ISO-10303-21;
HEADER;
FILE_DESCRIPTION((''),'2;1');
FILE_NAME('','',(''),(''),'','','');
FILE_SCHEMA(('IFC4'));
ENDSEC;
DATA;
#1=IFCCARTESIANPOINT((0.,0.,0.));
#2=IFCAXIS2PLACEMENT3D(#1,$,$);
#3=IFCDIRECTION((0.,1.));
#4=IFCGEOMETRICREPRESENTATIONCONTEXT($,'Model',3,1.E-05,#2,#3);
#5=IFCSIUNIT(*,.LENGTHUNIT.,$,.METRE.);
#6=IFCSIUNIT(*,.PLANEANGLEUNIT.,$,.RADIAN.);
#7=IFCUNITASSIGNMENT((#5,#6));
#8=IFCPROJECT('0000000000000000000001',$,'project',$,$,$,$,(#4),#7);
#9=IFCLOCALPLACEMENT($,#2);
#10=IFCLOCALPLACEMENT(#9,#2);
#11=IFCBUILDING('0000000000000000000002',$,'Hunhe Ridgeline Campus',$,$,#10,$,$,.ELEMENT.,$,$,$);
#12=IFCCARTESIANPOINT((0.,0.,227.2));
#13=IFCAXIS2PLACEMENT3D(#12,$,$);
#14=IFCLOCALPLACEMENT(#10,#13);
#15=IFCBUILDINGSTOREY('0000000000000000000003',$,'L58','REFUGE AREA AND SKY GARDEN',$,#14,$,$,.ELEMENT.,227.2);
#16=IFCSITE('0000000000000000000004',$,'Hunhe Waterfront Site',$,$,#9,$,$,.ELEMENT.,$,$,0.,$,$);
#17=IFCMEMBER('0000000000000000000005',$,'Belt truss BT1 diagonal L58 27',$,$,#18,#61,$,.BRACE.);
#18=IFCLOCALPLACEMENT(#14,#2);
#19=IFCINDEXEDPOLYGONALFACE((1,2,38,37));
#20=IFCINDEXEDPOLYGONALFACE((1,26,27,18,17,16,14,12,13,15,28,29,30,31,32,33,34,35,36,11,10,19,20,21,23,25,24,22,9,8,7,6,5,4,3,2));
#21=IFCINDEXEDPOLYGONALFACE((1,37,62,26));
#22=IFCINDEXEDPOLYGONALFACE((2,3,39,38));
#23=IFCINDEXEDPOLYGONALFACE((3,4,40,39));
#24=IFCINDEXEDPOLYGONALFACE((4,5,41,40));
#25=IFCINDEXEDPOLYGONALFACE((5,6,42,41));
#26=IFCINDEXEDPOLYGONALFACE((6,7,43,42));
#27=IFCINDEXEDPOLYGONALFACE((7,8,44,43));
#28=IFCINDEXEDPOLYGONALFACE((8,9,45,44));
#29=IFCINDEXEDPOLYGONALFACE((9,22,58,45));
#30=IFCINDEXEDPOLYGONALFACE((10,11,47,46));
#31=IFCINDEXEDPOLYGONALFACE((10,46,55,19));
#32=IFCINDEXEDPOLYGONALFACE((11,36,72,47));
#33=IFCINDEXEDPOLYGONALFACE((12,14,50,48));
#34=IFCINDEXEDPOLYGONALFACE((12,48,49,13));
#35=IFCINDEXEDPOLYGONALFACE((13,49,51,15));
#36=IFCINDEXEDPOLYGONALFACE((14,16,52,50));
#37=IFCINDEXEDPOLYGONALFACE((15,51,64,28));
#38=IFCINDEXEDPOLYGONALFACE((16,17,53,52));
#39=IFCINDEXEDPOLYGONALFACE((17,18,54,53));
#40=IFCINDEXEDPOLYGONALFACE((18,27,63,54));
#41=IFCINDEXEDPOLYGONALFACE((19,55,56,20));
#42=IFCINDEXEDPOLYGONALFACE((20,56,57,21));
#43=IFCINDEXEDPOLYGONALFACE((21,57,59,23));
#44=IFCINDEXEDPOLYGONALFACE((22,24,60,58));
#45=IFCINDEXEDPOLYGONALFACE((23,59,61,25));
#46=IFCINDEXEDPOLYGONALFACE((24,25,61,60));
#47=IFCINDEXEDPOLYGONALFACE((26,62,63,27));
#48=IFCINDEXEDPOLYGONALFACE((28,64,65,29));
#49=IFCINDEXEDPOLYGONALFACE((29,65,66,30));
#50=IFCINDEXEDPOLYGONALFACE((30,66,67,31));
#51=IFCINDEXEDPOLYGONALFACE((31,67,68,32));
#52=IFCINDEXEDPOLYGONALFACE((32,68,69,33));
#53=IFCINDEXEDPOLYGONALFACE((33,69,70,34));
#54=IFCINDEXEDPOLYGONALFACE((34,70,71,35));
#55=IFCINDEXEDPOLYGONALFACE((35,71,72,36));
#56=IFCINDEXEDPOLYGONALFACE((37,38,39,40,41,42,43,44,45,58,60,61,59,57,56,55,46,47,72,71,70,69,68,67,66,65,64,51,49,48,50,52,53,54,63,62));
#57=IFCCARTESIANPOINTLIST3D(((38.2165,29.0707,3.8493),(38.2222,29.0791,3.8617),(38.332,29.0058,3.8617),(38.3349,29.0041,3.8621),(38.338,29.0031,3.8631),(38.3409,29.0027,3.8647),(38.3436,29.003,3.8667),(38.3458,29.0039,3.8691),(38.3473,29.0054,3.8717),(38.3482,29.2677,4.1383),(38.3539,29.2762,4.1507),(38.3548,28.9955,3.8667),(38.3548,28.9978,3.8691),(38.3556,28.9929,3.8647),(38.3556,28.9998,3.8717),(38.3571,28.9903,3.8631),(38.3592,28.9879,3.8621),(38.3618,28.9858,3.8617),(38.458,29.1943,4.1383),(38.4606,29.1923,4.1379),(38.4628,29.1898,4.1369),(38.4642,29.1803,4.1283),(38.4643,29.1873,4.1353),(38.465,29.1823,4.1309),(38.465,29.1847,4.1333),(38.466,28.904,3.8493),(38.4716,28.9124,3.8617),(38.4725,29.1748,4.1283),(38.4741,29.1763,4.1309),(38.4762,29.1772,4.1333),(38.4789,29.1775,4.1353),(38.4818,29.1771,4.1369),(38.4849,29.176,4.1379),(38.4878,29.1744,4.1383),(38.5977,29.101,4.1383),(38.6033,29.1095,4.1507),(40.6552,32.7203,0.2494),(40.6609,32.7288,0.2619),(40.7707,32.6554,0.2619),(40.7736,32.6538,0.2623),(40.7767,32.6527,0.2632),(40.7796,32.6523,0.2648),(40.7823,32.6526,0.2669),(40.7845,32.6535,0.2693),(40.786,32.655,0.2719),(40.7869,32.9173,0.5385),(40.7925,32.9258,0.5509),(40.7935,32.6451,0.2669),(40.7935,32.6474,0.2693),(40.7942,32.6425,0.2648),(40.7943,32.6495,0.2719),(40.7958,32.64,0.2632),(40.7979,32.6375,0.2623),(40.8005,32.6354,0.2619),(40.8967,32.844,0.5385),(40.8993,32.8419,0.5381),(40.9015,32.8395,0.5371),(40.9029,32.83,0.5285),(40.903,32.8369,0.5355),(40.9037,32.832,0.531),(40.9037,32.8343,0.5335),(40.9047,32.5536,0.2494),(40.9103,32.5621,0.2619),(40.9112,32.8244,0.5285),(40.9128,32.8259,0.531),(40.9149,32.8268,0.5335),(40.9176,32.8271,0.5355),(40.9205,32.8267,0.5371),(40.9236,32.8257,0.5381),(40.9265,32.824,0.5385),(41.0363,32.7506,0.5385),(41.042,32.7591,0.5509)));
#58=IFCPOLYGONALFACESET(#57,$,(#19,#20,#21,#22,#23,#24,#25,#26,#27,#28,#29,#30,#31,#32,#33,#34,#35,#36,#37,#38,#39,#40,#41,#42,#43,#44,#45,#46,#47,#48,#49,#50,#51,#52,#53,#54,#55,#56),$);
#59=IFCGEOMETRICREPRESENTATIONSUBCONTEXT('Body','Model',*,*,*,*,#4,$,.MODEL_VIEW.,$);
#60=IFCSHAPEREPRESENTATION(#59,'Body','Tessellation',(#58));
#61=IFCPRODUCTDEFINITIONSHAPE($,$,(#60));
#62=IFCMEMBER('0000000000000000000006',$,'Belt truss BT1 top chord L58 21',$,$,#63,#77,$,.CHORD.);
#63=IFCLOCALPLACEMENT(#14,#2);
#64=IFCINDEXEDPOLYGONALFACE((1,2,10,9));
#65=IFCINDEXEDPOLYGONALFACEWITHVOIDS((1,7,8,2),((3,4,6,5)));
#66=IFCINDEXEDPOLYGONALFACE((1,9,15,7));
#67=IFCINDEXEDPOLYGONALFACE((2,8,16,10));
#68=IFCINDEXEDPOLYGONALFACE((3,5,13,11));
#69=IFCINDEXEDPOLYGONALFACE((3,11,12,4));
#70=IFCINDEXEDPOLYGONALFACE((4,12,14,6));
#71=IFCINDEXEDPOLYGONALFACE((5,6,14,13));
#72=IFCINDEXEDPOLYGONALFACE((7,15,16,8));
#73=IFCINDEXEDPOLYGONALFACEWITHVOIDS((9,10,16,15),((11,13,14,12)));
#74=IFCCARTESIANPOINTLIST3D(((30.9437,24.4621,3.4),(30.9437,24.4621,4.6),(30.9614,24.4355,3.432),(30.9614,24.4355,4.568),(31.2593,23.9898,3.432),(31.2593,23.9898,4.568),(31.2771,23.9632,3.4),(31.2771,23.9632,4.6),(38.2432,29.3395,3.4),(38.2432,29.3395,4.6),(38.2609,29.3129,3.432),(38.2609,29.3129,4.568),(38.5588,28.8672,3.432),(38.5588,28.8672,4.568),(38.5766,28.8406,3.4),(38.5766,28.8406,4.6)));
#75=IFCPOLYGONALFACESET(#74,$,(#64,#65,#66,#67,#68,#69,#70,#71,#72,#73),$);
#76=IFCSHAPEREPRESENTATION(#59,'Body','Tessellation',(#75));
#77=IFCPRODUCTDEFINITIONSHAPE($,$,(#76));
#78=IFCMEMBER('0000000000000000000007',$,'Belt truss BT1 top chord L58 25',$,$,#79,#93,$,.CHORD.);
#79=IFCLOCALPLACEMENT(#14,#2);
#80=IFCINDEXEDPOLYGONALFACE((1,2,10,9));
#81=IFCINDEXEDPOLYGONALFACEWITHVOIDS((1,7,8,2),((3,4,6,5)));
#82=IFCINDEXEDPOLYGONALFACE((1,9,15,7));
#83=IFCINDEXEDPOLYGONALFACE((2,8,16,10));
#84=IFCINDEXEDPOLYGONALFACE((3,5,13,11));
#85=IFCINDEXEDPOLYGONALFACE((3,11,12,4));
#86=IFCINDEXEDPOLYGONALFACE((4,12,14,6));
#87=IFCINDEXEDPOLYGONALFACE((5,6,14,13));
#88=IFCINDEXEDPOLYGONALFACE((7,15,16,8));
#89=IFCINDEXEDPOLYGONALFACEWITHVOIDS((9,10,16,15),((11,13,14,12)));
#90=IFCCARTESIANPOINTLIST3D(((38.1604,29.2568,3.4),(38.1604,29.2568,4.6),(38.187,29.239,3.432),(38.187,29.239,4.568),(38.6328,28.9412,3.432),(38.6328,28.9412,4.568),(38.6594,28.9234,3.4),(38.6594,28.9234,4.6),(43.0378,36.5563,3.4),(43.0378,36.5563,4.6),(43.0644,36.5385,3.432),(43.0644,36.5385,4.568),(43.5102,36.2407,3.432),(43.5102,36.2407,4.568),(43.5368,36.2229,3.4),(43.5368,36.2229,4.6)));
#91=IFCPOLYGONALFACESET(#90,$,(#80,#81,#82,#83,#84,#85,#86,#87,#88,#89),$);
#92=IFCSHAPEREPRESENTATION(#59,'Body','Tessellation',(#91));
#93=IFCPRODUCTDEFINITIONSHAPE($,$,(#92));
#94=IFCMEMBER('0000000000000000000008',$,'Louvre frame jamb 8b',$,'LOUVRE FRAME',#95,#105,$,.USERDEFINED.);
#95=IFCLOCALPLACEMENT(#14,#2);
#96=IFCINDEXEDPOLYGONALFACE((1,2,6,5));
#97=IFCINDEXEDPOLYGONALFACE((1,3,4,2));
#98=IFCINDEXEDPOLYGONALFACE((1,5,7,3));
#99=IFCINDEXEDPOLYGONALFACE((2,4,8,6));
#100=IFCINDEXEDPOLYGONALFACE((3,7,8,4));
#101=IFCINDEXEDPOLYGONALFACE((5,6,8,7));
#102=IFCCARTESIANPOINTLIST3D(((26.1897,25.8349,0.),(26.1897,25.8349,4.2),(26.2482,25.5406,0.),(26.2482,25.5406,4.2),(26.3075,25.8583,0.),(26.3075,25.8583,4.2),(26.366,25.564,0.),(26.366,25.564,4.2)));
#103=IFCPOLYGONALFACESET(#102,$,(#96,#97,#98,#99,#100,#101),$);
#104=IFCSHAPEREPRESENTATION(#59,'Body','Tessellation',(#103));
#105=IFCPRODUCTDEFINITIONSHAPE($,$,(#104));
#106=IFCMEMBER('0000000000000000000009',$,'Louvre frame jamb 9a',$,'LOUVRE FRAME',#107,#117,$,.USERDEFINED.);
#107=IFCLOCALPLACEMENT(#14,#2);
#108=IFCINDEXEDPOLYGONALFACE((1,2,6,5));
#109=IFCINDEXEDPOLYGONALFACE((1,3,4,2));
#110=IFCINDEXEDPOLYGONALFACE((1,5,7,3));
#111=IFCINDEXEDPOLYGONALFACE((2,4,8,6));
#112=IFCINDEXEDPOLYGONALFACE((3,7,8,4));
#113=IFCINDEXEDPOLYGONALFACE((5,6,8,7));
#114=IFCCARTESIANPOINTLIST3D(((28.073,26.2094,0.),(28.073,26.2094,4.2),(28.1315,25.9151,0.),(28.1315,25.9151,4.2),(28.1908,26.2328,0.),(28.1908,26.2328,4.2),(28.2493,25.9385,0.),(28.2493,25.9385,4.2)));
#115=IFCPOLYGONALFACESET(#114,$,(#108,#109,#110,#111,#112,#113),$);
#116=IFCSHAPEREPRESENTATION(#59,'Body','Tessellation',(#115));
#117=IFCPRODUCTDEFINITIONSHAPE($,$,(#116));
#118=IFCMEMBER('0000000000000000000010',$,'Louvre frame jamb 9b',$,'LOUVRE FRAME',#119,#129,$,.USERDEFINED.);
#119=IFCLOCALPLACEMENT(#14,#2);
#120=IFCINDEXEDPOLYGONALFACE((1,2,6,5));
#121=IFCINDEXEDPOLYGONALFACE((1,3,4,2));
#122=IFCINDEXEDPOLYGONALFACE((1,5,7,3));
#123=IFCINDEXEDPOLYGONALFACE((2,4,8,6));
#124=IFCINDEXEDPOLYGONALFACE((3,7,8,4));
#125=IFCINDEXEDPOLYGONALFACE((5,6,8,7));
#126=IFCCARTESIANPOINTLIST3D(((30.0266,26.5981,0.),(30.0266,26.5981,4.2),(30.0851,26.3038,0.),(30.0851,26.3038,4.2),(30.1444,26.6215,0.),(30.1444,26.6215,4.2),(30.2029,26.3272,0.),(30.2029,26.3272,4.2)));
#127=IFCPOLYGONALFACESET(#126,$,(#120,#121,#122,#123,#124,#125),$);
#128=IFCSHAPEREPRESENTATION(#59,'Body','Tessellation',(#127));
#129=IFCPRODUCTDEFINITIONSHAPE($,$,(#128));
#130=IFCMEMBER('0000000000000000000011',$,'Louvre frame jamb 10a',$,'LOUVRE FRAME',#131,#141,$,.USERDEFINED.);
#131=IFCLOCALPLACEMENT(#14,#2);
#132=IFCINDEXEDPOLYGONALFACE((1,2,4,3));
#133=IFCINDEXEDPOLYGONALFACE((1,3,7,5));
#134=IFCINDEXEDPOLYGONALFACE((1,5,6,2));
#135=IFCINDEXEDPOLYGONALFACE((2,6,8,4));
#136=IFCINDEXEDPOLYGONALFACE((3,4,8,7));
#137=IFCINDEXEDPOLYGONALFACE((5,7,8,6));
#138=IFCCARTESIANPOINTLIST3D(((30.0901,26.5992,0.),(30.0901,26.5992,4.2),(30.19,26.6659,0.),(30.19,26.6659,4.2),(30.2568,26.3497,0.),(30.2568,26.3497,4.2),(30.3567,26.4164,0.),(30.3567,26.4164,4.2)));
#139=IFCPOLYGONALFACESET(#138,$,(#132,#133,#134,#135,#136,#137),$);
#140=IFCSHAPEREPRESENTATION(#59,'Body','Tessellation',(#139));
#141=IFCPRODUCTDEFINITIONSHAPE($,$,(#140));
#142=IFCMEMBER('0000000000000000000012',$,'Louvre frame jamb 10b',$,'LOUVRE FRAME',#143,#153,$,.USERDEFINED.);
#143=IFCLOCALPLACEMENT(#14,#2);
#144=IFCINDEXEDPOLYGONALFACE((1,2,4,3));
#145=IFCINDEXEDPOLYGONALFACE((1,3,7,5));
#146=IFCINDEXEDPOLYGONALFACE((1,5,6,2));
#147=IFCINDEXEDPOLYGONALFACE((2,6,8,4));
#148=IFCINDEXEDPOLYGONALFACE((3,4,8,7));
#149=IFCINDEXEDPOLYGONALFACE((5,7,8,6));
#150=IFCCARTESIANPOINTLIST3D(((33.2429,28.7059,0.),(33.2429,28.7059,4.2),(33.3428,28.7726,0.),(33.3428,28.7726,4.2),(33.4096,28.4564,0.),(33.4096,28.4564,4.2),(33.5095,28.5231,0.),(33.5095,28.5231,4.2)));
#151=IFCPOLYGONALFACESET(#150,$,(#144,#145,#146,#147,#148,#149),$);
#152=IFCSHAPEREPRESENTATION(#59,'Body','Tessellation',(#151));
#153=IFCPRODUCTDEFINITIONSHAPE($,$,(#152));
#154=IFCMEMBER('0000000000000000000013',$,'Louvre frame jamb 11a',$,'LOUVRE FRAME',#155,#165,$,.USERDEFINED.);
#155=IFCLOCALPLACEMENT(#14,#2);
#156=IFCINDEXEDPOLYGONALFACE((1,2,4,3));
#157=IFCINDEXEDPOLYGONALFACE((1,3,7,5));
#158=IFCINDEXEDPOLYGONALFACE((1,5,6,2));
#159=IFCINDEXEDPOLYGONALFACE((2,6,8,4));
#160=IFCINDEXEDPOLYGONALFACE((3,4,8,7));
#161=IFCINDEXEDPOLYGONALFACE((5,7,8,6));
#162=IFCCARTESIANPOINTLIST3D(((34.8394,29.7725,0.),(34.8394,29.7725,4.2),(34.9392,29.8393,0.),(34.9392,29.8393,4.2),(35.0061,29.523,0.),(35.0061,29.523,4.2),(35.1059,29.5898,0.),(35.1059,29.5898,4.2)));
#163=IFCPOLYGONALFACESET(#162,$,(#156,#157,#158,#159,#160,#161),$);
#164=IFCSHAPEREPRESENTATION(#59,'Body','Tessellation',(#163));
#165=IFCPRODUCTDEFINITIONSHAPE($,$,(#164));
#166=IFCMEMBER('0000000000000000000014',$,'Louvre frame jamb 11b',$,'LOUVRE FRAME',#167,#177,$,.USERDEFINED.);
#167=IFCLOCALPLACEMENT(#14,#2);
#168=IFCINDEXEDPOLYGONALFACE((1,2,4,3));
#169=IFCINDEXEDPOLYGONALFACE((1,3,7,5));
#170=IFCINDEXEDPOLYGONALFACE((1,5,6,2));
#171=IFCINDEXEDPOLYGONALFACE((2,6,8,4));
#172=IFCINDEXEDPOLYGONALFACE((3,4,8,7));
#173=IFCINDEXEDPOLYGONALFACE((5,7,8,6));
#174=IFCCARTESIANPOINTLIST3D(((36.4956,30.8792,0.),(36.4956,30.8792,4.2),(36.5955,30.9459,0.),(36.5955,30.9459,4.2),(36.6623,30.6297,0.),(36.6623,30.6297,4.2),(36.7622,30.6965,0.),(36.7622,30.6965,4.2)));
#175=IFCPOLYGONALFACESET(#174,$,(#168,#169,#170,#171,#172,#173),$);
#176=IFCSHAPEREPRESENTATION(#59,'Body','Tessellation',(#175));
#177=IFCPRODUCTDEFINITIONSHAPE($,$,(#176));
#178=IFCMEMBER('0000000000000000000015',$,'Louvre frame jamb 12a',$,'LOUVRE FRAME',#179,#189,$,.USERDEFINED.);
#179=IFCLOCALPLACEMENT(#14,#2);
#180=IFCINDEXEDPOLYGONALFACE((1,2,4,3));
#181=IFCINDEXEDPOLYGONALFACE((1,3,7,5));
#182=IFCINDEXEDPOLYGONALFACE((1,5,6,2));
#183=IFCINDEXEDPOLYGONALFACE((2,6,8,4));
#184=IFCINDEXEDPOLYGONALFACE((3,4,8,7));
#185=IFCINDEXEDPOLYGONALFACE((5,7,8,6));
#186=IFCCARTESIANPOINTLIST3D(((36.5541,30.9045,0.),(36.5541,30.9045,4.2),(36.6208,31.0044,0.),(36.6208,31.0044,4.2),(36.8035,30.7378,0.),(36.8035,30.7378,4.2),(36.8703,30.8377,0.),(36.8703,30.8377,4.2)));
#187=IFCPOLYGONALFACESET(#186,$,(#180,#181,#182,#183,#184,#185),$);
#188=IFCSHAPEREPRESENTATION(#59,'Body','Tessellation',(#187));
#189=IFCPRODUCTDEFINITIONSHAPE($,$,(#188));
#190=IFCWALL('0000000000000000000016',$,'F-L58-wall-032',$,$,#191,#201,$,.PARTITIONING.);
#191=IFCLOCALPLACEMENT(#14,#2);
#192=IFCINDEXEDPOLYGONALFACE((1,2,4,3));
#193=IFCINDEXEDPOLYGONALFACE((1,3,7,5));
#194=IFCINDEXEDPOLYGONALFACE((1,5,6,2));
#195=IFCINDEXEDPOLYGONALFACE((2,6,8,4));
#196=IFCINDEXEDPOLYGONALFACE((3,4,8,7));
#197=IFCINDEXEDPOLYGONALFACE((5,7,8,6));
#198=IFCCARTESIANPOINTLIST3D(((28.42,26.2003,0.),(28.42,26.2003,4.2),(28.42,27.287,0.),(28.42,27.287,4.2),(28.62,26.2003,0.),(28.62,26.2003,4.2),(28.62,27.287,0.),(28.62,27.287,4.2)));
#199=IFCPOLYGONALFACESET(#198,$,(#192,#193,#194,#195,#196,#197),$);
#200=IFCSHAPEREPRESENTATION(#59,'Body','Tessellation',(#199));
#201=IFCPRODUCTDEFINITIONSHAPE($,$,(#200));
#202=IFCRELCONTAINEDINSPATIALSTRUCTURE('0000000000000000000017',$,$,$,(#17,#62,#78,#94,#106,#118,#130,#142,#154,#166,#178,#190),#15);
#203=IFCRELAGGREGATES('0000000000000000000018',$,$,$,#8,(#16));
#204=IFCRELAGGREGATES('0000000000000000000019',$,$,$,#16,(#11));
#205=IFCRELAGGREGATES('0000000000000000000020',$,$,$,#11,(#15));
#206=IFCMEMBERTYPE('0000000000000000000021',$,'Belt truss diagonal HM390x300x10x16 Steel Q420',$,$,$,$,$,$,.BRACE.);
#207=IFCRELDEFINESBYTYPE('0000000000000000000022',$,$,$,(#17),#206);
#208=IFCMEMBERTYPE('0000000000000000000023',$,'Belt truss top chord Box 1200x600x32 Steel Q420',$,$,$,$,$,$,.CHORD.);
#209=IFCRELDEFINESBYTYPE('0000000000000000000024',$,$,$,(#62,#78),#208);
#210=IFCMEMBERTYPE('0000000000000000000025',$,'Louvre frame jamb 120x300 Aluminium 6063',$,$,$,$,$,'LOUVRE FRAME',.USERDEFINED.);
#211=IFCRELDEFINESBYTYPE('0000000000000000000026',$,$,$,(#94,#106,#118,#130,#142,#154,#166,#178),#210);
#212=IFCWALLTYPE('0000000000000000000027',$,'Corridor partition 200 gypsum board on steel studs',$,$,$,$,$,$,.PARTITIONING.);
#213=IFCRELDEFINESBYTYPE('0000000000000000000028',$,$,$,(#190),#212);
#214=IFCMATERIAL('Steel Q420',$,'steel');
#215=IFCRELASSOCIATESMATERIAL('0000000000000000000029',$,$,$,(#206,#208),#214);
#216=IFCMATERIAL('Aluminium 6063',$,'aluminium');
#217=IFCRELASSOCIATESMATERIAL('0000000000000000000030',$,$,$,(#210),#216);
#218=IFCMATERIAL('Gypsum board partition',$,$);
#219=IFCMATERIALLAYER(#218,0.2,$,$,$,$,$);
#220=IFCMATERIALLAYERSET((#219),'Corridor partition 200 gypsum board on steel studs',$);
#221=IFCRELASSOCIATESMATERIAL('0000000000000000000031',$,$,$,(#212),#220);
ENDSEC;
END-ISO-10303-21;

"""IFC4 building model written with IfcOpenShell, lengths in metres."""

from ifc_helpers import new_model, si_unit, direction, frame, frame_2d, origin, origin_2d, place, context, subcontext, project, spatial, rectangle, hollow_rectangle, i_section, extrude, material, layer, layer_set, material_profile, profile_set, type_object, element, save


model = new_model("IFC4")

# Units and contexts
model_context = context("Model", 3, precision=1e-05, world=origin(), true_north=direction((0.0, 1.0)))
body_context = subcontext(model_context, "Body", "Model", "MODEL_VIEW")
ifc_project = project(units=[si_unit("LENGTHUNIT", "METRE"), si_unit("PLANEANGLEUNIT", "RADIAN")], contexts=[model_context])

# Site, building, storey
site_placement = place(None, origin())
site = spatial("IfcSite", under=ifc_project, at=site_placement, Name="Hunhe Waterfront Site", CompositionType="ELEMENT", RefElevation=0.0)
building_placement = place(site_placement, origin())
building = spatial("IfcBuilding", under=site, at=building_placement, Name="Hunhe Ridgeline Campus", CompositionType="ELEMENT")
storey_placement = place(building_placement, frame((0.0, 0.0, 227.2)))
storey = spatial("IfcBuildingStorey", under=building, at=storey_placement, Name="L58", Description="REFUGE AREA AND SKY GARDEN", CompositionType="ELEMENT", Elevation=227.2)

# Members
ifc_material_1 = material(Name="Steel Q420", Category="steel")
ifc_material_profile_1 = material_profile(ifc_material_1, i_section(OverallWidth=0.3, OverallDepth=0.3899, WebThickness=0.01, FlangeThickness=0.0161, FilletRadius=0.0129, at=origin_2d()))
ifc_profile_set_1 = profile_set([ifc_material_profile_1], Name="Steel Q420")
member_type_1 = type_object("IfcMemberType", Name="Belt truss diagonal HM390x300x10x16 Steel Q420", PredefinedType="BRACE", material=ifc_profile_set_1)
for number, where, z_axis, x_axis, name in (
    (1, (38.4099, 29.0901, 4.0), (0.429593, 0.642905, -0.634132), (-0.831459, 0.555586, 0.0), "Belt truss BT1 diagonal L58 27"),
):
    element("IfcMember", number, at=place(storey_placement, frame(where, z_axis=z_axis, x_axis=x_axis)), inside=storey, type_object=member_type_1, Name=name, PredefinedType="BRACE", context=body_context, shape_type="SweptSolid", body=[
        extrude(i_section(OverallWidth=0.3, OverallDepth=0.3899, WebThickness=0.01, FlangeThickness=0.0161, FilletRadius=0.0129, at=origin_2d()), origin(), (0.0, 0.0, 1.0), 5.6768),
    ])
ifc_material_profile_2 = material_profile(ifc_material_1, hollow_rectangle(XDim=0.6001, YDim=1.2, WallThickness=0.032, at=origin_2d()))
ifc_profile_set_2 = profile_set([ifc_material_profile_2], Name="Steel Q420")
member_type_2 = type_object("IfcMemberType", Name="Belt truss top chord Box 1200x600x32 Steel Q420", PredefinedType="CHORD", material=ifc_profile_set_2)
for number, where, z_axis, x_axis, name in (
    (2, (31.1104, 24.2126, 4.0), (0.831468, 0.555573, 0.0), (-0.555573, 0.831468, 0.0), "Belt truss BT1 top chord L58 21"),
    (3, (38.4099, 29.0901, 4.0), (0.555573, 0.831468, 0.0), (-0.831468, 0.555573, 0.0), "Belt truss BT1 top chord L58 25"),
):
    element("IfcMember", number, at=place(storey_placement, frame(where, z_axis=z_axis, x_axis=x_axis)), inside=storey, type_object=member_type_2, Name=name, PredefinedType="CHORD", context=body_context, shape_type="SweptSolid", body=[
        extrude(hollow_rectangle(XDim=0.6001, YDim=1.2, WallThickness=0.032, at=origin_2d()), origin(), (0.0, 0.0, 1.0), 8.7791),
    ])
ifc_material_2 = material(Name="Aluminium 6063", Category="aluminium")
ifc_material_profile_3 = material_profile(ifc_material_2, rectangle(XDim=0.3, YDim=0.1201, at=origin_2d()))
ifc_profile_set_3 = profile_set([ifc_material_profile_3], Name="Aluminium 6063")
member_type_3 = type_object("IfcMemberType", Name="Louvre frame jamb 120x300 Aluminium 6063", ElementType="LOUVRE FRAME", PredefinedType="USERDEFINED", material=ifc_profile_set_3)
for number, where, z_axis, x_axis, name in (
    (4, (26.2778, 25.6995, 0.0), (0.0, 0.0, 1.0), (-0.19509, 0.980785, 0.0), "Louvre frame jamb 8b"),
    (5, (28.1611, 26.074, 0.0), (0.0, 0.0, 1.0), (-0.19509, 0.980785, 0.0), "Louvre frame jamb 9a"),
    (6, (30.1147, 26.4626, 0.0), (0.0, 0.0, 1.0), (-0.19509, 0.980785, 0.0), "Louvre frame jamb 9b"),
    (7, (30.2234, 26.5078, 0.0), (0.0, 0.0, 1.0), (-0.55557, 0.83147, 0.0), "Louvre frame jamb 10a"),
    (8, (33.3762, 28.6145, 0.0), (0.0, 0.0, 1.0), (-0.55557, 0.83147, 0.0), "Louvre frame jamb 10b"),
    (9, (34.9727, 29.6812, 0.0), (0.0, 0.0, 1.0), (-0.55557, 0.83147, 0.0), "Louvre frame jamb 11a"),
    (10, (36.6289, 30.7878, 0.0), (0.0, 0.0, 1.0), (-0.55557, 0.83147, 0.0), "Louvre frame jamb 11b"),
    (11, (36.7122, 30.8711, 0.0), (0.0, 0.0, 1.0), (-0.83147, 0.55557, 0.0), "Louvre frame jamb 12a"),
):
    element("IfcMember", number, at=place(storey_placement, frame(where, z_axis=z_axis, x_axis=x_axis)), inside=storey, type_object=member_type_3, Name=name, ObjectType="LOUVRE FRAME", PredefinedType="USERDEFINED", context=body_context, shape_type="SweptSolid", body=[
        extrude(rectangle(XDim=0.3, YDim=0.1201, at=origin_2d()), origin(), (0.0, 0.0, 1.0), 4.2),
    ])

# Wall
ifc_material_3 = material(Name="Gypsum board partition")
ifc_layer_1 = layer(ifc_material_3, 0.2)
ifc_layer_set_1 = layer_set([ifc_layer_1], Name="Corridor partition 200 gypsum board on steel studs")
wall_type_1 = type_object("IfcWallType", Name="Corridor partition 200 gypsum board on steel studs", PredefinedType="PARTITIONING", material=ifc_layer_set_1)
wall_1_placement = place(storey_placement, frame((28.52, 27.2871, 0.0), z_axis=(0.0, 0.0, 1.0), x_axis=(0.0, -1.0, 0.0)))
element("IfcWall", 12, at=wall_1_placement, inside=storey, type_object=wall_type_1, Name="F-L58-wall-032", PredefinedType="PARTITIONING", context=body_context, shape_type="SweptSolid", body=[
    extrude(rectangle(XDim=1.0867, YDim=0.2, at=frame_2d((0.5435, 0.0))), origin(), (0.0, 0.0, 1.0), 4.2),
])

save(model, "model.ifc")
